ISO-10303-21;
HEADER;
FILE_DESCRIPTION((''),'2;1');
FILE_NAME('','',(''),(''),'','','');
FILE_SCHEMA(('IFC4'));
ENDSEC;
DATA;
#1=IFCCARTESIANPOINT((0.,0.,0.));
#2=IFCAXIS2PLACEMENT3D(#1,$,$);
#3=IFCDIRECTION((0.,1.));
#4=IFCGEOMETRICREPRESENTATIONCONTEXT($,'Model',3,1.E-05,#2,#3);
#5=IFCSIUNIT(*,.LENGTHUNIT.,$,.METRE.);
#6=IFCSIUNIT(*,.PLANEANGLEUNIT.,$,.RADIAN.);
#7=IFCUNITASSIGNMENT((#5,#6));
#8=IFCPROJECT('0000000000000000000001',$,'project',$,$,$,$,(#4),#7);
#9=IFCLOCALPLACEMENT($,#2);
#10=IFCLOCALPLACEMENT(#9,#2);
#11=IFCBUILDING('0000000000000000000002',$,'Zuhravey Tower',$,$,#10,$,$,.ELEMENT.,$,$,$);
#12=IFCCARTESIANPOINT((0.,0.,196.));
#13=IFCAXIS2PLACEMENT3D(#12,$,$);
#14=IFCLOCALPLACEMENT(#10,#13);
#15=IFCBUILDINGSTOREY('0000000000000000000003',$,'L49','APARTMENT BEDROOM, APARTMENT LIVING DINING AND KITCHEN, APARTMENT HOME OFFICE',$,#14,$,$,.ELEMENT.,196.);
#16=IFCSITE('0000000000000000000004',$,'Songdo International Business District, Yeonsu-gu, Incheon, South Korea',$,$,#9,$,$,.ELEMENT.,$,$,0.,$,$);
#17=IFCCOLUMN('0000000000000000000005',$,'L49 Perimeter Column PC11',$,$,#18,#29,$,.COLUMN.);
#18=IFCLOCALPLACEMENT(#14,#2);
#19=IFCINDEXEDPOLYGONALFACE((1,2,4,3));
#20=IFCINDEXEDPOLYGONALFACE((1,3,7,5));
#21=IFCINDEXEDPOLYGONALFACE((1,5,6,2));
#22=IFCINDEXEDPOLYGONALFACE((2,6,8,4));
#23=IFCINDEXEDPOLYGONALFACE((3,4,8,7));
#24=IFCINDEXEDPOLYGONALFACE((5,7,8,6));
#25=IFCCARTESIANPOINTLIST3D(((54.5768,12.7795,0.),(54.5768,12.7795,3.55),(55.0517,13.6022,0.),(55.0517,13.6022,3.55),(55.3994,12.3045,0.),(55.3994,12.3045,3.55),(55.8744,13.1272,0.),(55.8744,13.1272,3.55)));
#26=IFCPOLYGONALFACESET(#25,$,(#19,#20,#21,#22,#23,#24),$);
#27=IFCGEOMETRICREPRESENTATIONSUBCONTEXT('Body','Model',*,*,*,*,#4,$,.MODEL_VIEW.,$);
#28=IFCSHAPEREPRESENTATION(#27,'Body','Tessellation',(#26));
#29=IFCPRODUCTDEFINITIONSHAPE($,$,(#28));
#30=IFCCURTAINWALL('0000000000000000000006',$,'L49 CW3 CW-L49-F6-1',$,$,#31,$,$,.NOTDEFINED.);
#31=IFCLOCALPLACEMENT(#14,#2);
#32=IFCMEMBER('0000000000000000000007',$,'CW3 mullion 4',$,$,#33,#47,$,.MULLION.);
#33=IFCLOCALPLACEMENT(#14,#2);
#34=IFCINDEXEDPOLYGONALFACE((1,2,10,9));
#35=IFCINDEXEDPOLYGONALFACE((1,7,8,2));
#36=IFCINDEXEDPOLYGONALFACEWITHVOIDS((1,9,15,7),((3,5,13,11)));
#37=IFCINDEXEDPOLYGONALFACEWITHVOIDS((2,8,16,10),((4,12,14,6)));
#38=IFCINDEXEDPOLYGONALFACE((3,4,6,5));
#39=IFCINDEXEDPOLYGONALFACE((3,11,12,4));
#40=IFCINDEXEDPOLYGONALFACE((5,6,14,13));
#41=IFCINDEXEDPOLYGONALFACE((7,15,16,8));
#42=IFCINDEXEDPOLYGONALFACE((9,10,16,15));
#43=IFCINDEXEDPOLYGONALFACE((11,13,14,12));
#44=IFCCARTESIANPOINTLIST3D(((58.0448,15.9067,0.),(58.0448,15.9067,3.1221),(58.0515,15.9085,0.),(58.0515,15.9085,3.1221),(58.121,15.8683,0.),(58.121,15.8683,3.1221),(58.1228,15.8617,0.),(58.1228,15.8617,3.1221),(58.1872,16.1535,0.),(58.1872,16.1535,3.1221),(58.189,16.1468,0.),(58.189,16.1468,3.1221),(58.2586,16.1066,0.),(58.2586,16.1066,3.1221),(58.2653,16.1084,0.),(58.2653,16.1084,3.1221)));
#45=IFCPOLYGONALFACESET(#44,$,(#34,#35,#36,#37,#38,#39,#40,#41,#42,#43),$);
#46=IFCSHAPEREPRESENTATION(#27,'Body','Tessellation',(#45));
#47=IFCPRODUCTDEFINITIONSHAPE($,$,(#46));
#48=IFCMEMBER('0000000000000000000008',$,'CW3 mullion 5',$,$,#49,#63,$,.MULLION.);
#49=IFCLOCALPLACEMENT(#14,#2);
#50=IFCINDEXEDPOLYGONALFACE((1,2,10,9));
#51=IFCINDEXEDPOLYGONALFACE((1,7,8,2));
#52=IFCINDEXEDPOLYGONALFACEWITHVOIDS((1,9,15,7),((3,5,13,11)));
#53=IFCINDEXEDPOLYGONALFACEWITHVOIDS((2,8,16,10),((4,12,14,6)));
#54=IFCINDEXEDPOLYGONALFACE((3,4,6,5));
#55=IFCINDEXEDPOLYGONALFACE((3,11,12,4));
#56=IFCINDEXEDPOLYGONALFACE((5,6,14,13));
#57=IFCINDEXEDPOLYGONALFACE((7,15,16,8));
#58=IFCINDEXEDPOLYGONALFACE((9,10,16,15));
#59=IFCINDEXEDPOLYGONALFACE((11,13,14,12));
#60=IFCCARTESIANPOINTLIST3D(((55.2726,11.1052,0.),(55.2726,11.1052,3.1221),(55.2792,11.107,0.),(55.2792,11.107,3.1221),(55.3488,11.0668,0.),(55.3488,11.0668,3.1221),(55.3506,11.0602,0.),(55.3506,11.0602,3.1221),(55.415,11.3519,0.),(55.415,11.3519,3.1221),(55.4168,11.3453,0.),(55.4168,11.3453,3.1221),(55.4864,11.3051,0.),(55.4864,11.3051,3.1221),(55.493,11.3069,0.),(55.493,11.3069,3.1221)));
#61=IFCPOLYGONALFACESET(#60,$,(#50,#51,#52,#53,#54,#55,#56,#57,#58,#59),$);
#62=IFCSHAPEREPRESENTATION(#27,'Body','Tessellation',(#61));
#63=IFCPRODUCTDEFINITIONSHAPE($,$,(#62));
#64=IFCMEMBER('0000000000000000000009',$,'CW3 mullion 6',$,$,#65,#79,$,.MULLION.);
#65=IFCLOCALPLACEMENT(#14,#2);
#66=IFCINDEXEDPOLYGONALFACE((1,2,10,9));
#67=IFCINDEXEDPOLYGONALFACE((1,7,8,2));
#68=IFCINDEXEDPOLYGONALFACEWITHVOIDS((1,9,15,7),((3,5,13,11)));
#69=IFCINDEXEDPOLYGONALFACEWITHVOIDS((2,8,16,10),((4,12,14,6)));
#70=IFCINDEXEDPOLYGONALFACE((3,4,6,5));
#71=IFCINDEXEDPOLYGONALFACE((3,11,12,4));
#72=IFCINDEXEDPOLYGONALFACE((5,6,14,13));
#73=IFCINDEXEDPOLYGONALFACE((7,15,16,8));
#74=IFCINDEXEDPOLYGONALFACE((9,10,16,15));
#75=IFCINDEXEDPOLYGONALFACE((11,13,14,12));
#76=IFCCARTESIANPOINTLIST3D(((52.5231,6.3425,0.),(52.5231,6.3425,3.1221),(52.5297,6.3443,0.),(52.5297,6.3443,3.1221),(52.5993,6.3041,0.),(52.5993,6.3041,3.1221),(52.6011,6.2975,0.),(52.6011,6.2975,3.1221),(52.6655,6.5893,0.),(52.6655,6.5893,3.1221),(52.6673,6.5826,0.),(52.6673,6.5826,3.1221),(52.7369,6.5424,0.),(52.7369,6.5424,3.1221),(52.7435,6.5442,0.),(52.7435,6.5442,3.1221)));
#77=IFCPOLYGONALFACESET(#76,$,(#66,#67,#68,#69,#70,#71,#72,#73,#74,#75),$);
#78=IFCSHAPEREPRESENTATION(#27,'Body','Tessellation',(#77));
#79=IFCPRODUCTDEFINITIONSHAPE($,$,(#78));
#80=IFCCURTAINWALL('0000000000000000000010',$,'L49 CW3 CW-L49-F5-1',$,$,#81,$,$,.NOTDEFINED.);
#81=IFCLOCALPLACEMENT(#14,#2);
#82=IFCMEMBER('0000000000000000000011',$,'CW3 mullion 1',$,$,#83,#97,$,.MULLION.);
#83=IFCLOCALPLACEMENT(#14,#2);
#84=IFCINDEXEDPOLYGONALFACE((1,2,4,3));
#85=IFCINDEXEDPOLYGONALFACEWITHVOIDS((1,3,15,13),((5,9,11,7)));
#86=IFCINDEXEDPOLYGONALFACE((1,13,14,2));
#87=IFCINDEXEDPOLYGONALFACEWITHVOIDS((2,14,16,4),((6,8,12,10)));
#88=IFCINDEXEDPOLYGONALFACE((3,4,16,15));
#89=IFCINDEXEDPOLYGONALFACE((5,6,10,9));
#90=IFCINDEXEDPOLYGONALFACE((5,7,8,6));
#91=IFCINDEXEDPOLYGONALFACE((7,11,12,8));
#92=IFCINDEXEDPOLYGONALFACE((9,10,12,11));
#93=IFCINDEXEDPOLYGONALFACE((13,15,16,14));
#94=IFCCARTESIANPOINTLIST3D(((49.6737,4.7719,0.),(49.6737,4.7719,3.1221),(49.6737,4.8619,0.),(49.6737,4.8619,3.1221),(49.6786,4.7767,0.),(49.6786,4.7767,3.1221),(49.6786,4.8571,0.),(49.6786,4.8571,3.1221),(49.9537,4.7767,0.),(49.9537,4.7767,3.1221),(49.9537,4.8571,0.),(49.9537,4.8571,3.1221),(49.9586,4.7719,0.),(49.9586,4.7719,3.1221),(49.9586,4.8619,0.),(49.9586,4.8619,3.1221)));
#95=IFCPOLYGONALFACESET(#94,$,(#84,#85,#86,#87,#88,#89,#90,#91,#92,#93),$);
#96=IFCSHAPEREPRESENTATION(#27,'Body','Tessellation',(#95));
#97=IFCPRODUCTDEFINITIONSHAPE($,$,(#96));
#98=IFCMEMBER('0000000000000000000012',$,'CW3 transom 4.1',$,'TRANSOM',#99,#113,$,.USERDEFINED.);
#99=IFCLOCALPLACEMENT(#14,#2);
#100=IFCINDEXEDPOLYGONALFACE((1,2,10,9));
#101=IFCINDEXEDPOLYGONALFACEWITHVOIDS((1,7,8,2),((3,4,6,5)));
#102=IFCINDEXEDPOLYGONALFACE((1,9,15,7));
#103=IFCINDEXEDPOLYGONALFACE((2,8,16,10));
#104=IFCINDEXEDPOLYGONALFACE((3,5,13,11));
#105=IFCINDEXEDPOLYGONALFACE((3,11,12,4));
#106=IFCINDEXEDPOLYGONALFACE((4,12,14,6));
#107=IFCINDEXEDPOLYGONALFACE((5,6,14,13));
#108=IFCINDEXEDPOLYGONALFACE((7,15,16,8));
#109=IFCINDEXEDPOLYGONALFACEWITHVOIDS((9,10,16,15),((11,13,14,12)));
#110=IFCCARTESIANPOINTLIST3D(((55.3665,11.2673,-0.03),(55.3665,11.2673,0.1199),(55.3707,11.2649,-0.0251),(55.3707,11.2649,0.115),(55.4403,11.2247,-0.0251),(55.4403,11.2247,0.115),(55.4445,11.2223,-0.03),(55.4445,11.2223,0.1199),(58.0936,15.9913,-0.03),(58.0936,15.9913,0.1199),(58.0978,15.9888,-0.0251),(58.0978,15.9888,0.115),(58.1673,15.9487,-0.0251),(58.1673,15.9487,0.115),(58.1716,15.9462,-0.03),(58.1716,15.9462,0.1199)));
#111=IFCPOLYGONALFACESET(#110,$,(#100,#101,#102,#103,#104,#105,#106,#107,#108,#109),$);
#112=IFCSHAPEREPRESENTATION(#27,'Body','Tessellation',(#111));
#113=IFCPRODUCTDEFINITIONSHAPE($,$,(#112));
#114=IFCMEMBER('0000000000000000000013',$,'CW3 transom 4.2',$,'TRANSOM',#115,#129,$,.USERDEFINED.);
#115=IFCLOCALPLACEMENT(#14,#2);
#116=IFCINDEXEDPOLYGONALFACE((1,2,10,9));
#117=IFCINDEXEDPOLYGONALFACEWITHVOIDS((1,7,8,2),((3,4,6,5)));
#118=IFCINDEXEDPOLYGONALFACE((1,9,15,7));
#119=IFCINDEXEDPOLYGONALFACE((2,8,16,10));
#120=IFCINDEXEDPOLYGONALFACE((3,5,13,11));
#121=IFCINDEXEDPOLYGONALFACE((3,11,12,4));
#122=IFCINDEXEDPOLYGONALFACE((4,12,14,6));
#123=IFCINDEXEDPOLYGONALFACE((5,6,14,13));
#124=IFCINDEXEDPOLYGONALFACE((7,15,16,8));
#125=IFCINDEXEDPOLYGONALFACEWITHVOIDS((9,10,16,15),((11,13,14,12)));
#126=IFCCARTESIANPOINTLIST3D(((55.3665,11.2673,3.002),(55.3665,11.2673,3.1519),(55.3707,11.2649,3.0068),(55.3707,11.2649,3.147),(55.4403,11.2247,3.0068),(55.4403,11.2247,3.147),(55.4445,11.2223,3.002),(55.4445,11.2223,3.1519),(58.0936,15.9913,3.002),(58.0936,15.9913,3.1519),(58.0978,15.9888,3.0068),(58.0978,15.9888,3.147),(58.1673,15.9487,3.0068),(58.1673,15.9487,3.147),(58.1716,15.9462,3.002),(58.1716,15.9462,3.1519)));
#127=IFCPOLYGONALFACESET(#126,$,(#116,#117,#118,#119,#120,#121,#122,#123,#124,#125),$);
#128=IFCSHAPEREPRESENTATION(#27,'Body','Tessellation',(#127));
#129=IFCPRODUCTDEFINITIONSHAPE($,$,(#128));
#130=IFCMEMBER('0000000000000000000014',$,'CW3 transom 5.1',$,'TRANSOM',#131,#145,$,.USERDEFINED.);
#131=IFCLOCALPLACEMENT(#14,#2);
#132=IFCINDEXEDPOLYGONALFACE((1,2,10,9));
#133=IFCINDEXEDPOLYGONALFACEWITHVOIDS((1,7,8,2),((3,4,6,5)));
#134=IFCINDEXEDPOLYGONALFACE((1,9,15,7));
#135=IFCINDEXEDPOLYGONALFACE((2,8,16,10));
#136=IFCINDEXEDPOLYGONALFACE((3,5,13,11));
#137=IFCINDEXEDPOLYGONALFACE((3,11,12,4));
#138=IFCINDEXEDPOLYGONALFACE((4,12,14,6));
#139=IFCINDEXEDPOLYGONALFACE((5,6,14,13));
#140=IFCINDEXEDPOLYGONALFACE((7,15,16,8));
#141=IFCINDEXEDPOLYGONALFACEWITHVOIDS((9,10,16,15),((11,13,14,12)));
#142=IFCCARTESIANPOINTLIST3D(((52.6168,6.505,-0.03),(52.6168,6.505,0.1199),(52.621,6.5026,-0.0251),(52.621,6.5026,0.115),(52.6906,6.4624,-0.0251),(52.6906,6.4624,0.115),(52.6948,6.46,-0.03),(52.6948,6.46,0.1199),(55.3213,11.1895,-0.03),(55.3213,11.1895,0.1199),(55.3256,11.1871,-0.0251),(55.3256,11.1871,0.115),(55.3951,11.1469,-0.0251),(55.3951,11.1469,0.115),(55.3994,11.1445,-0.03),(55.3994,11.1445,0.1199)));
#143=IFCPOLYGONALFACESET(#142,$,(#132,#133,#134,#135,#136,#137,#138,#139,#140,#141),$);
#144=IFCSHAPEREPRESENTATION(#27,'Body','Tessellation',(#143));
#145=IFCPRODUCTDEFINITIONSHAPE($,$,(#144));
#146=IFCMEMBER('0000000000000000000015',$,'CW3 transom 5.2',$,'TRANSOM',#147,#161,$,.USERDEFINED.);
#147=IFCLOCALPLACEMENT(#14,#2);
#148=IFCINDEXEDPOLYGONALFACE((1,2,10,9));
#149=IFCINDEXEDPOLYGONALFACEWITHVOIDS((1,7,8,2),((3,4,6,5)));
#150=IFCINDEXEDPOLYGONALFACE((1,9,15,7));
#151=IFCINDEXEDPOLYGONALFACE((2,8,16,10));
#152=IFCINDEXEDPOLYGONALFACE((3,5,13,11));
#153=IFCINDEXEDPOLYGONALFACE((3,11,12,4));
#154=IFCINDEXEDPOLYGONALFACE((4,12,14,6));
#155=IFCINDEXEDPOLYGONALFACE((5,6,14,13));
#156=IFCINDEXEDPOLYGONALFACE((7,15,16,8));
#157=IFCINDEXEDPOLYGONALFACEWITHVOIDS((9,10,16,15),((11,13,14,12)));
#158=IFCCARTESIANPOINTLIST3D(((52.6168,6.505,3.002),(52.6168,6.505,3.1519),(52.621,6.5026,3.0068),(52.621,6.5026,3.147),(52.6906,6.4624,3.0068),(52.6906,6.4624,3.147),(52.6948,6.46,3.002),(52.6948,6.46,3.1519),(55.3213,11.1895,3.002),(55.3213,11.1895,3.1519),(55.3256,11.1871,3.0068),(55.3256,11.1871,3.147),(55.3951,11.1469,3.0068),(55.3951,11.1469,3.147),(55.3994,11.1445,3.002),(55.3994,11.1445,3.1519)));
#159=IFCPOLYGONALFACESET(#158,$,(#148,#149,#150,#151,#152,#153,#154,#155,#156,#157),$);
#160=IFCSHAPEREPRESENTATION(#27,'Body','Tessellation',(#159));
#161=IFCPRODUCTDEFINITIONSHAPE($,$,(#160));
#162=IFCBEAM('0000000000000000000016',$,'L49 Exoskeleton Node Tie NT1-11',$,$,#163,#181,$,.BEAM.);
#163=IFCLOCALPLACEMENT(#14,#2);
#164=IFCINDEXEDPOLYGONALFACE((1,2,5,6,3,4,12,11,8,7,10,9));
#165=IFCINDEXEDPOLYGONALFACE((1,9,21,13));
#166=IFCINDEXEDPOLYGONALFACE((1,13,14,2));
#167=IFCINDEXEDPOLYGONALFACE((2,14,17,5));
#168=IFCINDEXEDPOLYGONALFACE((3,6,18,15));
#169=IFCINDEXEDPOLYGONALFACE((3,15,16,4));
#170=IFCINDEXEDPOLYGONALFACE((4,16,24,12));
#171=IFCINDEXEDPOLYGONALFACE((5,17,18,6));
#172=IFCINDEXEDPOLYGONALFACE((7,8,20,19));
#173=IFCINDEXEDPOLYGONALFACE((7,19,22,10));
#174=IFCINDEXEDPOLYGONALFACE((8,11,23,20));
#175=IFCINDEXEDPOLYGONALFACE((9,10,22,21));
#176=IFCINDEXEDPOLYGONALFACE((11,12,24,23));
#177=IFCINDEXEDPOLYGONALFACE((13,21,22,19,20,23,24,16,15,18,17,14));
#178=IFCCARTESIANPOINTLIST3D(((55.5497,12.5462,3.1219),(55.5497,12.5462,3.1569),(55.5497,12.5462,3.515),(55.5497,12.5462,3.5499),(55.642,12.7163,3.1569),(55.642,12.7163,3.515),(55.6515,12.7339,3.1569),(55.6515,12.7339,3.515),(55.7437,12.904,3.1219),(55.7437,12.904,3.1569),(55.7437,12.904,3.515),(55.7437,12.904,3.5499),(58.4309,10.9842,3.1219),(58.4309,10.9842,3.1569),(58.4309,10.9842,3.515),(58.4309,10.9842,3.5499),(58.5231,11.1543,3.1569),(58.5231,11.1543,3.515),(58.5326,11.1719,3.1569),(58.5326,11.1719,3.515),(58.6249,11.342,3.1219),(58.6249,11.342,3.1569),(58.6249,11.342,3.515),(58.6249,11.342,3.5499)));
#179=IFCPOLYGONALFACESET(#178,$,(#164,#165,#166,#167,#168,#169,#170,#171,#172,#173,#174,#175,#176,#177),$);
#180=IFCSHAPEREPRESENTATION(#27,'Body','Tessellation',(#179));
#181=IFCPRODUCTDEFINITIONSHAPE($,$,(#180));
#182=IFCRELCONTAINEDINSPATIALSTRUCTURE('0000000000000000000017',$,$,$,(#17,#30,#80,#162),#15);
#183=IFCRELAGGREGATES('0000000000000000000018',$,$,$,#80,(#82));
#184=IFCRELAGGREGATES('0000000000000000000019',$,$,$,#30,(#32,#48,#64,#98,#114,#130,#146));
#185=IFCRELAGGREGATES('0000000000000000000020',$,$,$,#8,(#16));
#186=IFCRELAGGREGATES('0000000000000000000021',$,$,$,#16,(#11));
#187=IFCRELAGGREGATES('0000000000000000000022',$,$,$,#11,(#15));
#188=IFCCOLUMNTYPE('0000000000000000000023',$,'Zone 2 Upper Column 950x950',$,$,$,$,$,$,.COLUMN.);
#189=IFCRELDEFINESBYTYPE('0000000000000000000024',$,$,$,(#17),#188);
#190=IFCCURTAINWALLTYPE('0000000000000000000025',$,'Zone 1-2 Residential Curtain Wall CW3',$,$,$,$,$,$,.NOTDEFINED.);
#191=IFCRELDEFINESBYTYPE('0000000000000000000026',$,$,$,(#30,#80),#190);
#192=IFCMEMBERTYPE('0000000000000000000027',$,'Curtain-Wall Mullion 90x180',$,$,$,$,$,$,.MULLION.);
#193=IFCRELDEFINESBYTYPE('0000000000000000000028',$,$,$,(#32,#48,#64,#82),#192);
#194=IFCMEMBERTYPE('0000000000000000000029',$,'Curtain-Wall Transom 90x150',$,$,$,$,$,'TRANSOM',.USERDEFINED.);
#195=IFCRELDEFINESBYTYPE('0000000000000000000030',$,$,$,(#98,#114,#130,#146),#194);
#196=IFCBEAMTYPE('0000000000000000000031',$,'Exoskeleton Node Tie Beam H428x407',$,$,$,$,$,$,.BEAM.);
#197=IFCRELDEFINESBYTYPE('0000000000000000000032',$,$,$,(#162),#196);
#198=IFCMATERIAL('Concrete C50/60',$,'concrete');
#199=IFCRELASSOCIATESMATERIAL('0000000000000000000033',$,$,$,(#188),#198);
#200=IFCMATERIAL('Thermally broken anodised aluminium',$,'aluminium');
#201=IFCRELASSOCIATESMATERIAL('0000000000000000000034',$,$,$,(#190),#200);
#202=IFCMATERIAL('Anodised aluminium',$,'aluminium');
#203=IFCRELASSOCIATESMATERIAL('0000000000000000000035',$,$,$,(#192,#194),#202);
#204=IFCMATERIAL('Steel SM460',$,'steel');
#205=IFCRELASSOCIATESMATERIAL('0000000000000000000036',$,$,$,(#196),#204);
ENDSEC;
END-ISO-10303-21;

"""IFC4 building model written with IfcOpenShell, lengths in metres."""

from ifc_helpers import new_model, si_unit, direction, frame, origin, origin_2d, place, context, subcontext, project, spatial, rectangle, hollow_rectangle, i_section, extrude, material, material_profile, profile_set, type_object, element, aggregate, save


model = new_model("IFC4")

# Units and contexts
model_context = context("Model", 3, precision=1e-05, world=origin(), true_north=direction((0.0, 1.0)))
body_context = subcontext(model_context, "Body", "Model", "MODEL_VIEW")
ifc_project = project(units=[si_unit("LENGTHUNIT", "METRE"), si_unit("PLANEANGLEUNIT", "RADIAN")], contexts=[model_context])

# Site, building, storey
site_placement = place(None, origin())
site = spatial("IfcSite", under=ifc_project, at=site_placement, Name="Songdo International Business District, Yeonsu-gu, Incheon, South Korea", CompositionType="ELEMENT", RefElevation=0.0)
building_placement = place(site_placement, origin())
building = spatial("IfcBuilding", under=site, at=building_placement, Name="Zuhravey Tower", CompositionType="ELEMENT")
storey_placement = place(building_placement, frame((0.0, 0.0, 196.0)))
storey = spatial("IfcBuildingStorey", under=building, at=storey_placement, Name="L49", Description="APARTMENT BEDROOM, APARTMENT LIVING DINING AND KITCHEN, APARTMENT HOME OFFICE", CompositionType="ELEMENT", Elevation=196.0)

# Column
ifc_material_1 = material(Name="Concrete C50/60", Category="concrete")
ifc_material_profile_1 = material_profile(ifc_material_1, rectangle(XDim=0.95, YDim=0.95, at=origin_2d()), Name="RC-950x950")
ifc_profile_set_1 = profile_set([ifc_material_profile_1], Name="Concrete C50/60")
column_type = type_object("IfcColumnType", Name="Zone 2 Upper Column 950x950", PredefinedType="COLUMN", material=ifc_profile_set_1)
column_placement = place(storey_placement, frame((55.2256, 12.9534, 0.0), z_axis=(0.0, 0.0, 1.0), x_axis=(0.5, 0.866025, 0.0)))
element("IfcColumn", 1, at=column_placement, inside=storey, type_object=column_type, Name="L49 Perimeter Column PC11", PredefinedType="COLUMN", context=body_context, shape_type="SweptSolid", body=[
    extrude(rectangle(XDim=0.95, YDim=0.95, at=origin_2d()), origin(), (0.0, 0.0, 1.0), 3.55),
])

# Curtain wall, members
ifc_material_2 = material(Name="Thermally broken anodised aluminium", Category="aluminium")
curtain_wall_type = type_object("IfcCurtainWallType", Name="Zone 1-2 Residential Curtain Wall CW3", PredefinedType="NOTDEFINED", material=ifc_material_2)
curtain_wall_1_placement = place(storey_placement, origin())
curtain_wall_1 = element("IfcCurtainWall", 2, at=curtain_wall_1_placement, inside=storey, type_object=curtain_wall_type, Name="L49 CW3 CW-L49-F6-1", PredefinedType="NOTDEFINED")
ifc_material_3 = material(Name="Anodised aluminium", Category="aluminium")
ifc_material_profile_2 = material_profile(ifc_material_3, hollow_rectangle(XDim=0.0901, YDim=0.2849, WallThickness=0.0049, at=origin_2d()), Name="ALU-RHS-90x285x5")
ifc_profile_set_2 = profile_set([ifc_material_profile_2], Name="Anodised aluminium")
member_type_1 = type_object("IfcMemberType", Name="Curtain-Wall Mullion 90x180", PredefinedType="MULLION", material=ifc_profile_set_2)
member_1_placement = place(storey_placement, frame((58.155, 16.0076, 0.0), z_axis=(0.0, 0.0, 1.0), x_axis=(0.866025, -0.5, 0.0)))
member_1 = element("IfcMember", 3, at=member_1_placement, type_object=member_type_1, Name="CW3 mullion 4", PredefinedType="MULLION", context=body_context, shape_type="SweptSolid", body=[
    extrude(hollow_rectangle(XDim=0.0901, YDim=0.2849, WallThickness=0.0049, at=origin_2d()), origin(), (0.0, 0.0, 1.0), 3.1221),
])
member_2_placement = place(storey_placement, frame((55.3828, 11.2061, 0.0), z_axis=(0.0, 0.0, 1.0), x_axis=(0.866025, -0.5, 0.0)))
member_2 = element("IfcMember", 4, at=member_2_placement, type_object=member_type_1, Name="CW3 mullion 5", PredefinedType="MULLION", context=body_context, shape_type="SweptSolid", body=[
    extrude(hollow_rectangle(XDim=0.0901, YDim=0.2849, WallThickness=0.0049, at=origin_2d()), origin(), (0.0, 0.0, 1.0), 3.1221),
])
member_3_placement = place(storey_placement, frame((52.6333, 6.4434, 0.0), z_axis=(0.0, 0.0, 1.0), x_axis=(0.866025, -0.5, 0.0)))
member_3 = element("IfcMember", 5, at=member_3_placement, type_object=member_type_1, Name="CW3 mullion 6", PredefinedType="MULLION", context=body_context, shape_type="SweptSolid", body=[
    extrude(hollow_rectangle(XDim=0.0901, YDim=0.2849, WallThickness=0.0049, at=origin_2d()), origin(), (0.0, 0.0, 1.0), 3.1221),
])

# Curtain wall, member
curtain_wall_2_placement = place(storey_placement, origin())
curtain_wall_2 = element("IfcCurtainWall", 6, at=curtain_wall_2_placement, inside=storey, type_object=curtain_wall_type, Name="L49 CW3 CW-L49-F5-1", PredefinedType="NOTDEFINED")
member_4_placement = place(storey_placement, frame((49.8162, 4.8169, 0.0), z_axis=(0.0, 0.0, 1.0), x_axis=(0.0, -1.0, 0.0)))
member_4 = element("IfcMember", 7, at=member_4_placement, type_object=member_type_1, Name="CW3 mullion 1", PredefinedType="MULLION", context=body_context, shape_type="SweptSolid", body=[
    extrude(hollow_rectangle(XDim=0.0901, YDim=0.2849, WallThickness=0.0049, at=origin_2d()), origin(), (0.0, 0.0, 1.0), 3.1221),
])
aggregate(curtain_wall_2, [member_4])

# Members
ifc_material_profile_3 = material_profile(ifc_material_3, hollow_rectangle(XDim=0.0901, YDim=0.1499, WallThickness=0.0049, at=origin_2d()), Name="ALU-RHS-90x150x5")
ifc_profile_set_3 = profile_set([ifc_material_profile_3], Name="Anodised aluminium")
member_type_2 = type_object("IfcMemberType", Name="Curtain-Wall Transom 90x150", ElementType="TRANSOM", PredefinedType="USERDEFINED", material=ifc_profile_set_3)
member_5_placement = place(storey_placement, frame((58.1326, 15.9688, 0.0449), z_axis=(-0.499961, -0.866048, 0.0), x_axis=(0.866048, -0.499961, 0.0)))
member_5 = element("IfcMember", 8, at=member_5_placement, type_object=member_type_2, Name="CW3 transom 4.1", ObjectType="TRANSOM", PredefinedType="USERDEFINED", context=body_context, shape_type="SweptSolid", body=[
    extrude(hollow_rectangle(XDim=0.0901, YDim=0.1499, WallThickness=0.0049, at=origin_2d()), origin(), (0.0, 0.0, 1.0), 5.4546),
])
member_6_placement = place(storey_placement, frame((58.1326, 15.9688, 3.0769), z_axis=(-0.499961, -0.866048, 0.0), x_axis=(0.866048, -0.499961, 0.0)))
member_6 = element("IfcMember", 9, at=member_6_placement, type_object=member_type_2, Name="CW3 transom 4.2", ObjectType="TRANSOM", PredefinedType="USERDEFINED", context=body_context, shape_type="SweptSolid", body=[
    extrude(hollow_rectangle(XDim=0.0901, YDim=0.1499, WallThickness=0.0049, at=origin_2d()), origin(), (0.0, 0.0, 1.0), 5.4546),
])
member_7_placement = place(storey_placement, frame((55.3604, 11.167, 0.0449), z_axis=(-0.499993, -0.866029, 0.0), x_axis=(0.866029, -0.499993, 0.0)))
member_7 = element("IfcMember", 10, at=member_7_placement, type_object=member_type_2, Name="CW3 transom 5.1", ObjectType="TRANSOM", PredefinedType="USERDEFINED", context=body_context, shape_type="SweptSolid", body=[
    extrude(hollow_rectangle(XDim=0.0901, YDim=0.1499, WallThickness=0.0049, at=origin_2d()), origin(), (0.0, 0.0, 1.0), 5.4092),
])
member_8_placement = place(storey_placement, frame((55.3604, 11.167, 3.0769), z_axis=(-0.499993, -0.866029, 0.0), x_axis=(0.866029, -0.499993, 0.0)))
member_8 = element("IfcMember", 11, at=member_8_placement, type_object=member_type_2, Name="CW3 transom 5.2", ObjectType="TRANSOM", PredefinedType="USERDEFINED", context=body_context, shape_type="SweptSolid", body=[
    extrude(hollow_rectangle(XDim=0.0901, YDim=0.1499, WallThickness=0.0049, at=origin_2d()), origin(), (0.0, 0.0, 1.0), 5.4092),
])

# Beam
ifc_material_4 = material(Name="Steel SM460", Category="steel")
ifc_material_profile_4 = material_profile(ifc_material_4, i_section(OverallWidth=0.407, OverallDepth=0.428, WebThickness=0.02, FlangeThickness=0.0349, at=origin_2d()), Name="H-428x407x20x35")
ifc_profile_set_4 = profile_set([ifc_material_profile_4], Name="Steel SM460")
beam_type_1 = type_object("IfcBeamType", Name="Exoskeleton Node Tie Beam H428x407", PredefinedType="BEAM", material=ifc_profile_set_4)
beam_1_placement = place(storey_placement, frame((55.6467, 12.7251, 3.3359), z_axis=(0.879111, -0.476617, 0.0), x_axis=(0.476617, 0.879111, 0.0)))
element("IfcBeam", 12, at=beam_1_placement, inside=storey, type_object=beam_type_1, Name="L49 Exoskeleton Node Tie NT1-11", PredefinedType="BEAM", context=body_context, shape_type="SweptSolid", body=[
    extrude(i_section(OverallWidth=0.407, OverallDepth=0.428, WebThickness=0.02, FlangeThickness=0.0349, at=origin_2d()), origin(), (0.0, 0.0, 1.0), 3.2773),
])

aggregate(curtain_wall_1, [member_1, member_2, member_3, member_5, member_6, member_7, member_8])

save(model, "model.ifc")
